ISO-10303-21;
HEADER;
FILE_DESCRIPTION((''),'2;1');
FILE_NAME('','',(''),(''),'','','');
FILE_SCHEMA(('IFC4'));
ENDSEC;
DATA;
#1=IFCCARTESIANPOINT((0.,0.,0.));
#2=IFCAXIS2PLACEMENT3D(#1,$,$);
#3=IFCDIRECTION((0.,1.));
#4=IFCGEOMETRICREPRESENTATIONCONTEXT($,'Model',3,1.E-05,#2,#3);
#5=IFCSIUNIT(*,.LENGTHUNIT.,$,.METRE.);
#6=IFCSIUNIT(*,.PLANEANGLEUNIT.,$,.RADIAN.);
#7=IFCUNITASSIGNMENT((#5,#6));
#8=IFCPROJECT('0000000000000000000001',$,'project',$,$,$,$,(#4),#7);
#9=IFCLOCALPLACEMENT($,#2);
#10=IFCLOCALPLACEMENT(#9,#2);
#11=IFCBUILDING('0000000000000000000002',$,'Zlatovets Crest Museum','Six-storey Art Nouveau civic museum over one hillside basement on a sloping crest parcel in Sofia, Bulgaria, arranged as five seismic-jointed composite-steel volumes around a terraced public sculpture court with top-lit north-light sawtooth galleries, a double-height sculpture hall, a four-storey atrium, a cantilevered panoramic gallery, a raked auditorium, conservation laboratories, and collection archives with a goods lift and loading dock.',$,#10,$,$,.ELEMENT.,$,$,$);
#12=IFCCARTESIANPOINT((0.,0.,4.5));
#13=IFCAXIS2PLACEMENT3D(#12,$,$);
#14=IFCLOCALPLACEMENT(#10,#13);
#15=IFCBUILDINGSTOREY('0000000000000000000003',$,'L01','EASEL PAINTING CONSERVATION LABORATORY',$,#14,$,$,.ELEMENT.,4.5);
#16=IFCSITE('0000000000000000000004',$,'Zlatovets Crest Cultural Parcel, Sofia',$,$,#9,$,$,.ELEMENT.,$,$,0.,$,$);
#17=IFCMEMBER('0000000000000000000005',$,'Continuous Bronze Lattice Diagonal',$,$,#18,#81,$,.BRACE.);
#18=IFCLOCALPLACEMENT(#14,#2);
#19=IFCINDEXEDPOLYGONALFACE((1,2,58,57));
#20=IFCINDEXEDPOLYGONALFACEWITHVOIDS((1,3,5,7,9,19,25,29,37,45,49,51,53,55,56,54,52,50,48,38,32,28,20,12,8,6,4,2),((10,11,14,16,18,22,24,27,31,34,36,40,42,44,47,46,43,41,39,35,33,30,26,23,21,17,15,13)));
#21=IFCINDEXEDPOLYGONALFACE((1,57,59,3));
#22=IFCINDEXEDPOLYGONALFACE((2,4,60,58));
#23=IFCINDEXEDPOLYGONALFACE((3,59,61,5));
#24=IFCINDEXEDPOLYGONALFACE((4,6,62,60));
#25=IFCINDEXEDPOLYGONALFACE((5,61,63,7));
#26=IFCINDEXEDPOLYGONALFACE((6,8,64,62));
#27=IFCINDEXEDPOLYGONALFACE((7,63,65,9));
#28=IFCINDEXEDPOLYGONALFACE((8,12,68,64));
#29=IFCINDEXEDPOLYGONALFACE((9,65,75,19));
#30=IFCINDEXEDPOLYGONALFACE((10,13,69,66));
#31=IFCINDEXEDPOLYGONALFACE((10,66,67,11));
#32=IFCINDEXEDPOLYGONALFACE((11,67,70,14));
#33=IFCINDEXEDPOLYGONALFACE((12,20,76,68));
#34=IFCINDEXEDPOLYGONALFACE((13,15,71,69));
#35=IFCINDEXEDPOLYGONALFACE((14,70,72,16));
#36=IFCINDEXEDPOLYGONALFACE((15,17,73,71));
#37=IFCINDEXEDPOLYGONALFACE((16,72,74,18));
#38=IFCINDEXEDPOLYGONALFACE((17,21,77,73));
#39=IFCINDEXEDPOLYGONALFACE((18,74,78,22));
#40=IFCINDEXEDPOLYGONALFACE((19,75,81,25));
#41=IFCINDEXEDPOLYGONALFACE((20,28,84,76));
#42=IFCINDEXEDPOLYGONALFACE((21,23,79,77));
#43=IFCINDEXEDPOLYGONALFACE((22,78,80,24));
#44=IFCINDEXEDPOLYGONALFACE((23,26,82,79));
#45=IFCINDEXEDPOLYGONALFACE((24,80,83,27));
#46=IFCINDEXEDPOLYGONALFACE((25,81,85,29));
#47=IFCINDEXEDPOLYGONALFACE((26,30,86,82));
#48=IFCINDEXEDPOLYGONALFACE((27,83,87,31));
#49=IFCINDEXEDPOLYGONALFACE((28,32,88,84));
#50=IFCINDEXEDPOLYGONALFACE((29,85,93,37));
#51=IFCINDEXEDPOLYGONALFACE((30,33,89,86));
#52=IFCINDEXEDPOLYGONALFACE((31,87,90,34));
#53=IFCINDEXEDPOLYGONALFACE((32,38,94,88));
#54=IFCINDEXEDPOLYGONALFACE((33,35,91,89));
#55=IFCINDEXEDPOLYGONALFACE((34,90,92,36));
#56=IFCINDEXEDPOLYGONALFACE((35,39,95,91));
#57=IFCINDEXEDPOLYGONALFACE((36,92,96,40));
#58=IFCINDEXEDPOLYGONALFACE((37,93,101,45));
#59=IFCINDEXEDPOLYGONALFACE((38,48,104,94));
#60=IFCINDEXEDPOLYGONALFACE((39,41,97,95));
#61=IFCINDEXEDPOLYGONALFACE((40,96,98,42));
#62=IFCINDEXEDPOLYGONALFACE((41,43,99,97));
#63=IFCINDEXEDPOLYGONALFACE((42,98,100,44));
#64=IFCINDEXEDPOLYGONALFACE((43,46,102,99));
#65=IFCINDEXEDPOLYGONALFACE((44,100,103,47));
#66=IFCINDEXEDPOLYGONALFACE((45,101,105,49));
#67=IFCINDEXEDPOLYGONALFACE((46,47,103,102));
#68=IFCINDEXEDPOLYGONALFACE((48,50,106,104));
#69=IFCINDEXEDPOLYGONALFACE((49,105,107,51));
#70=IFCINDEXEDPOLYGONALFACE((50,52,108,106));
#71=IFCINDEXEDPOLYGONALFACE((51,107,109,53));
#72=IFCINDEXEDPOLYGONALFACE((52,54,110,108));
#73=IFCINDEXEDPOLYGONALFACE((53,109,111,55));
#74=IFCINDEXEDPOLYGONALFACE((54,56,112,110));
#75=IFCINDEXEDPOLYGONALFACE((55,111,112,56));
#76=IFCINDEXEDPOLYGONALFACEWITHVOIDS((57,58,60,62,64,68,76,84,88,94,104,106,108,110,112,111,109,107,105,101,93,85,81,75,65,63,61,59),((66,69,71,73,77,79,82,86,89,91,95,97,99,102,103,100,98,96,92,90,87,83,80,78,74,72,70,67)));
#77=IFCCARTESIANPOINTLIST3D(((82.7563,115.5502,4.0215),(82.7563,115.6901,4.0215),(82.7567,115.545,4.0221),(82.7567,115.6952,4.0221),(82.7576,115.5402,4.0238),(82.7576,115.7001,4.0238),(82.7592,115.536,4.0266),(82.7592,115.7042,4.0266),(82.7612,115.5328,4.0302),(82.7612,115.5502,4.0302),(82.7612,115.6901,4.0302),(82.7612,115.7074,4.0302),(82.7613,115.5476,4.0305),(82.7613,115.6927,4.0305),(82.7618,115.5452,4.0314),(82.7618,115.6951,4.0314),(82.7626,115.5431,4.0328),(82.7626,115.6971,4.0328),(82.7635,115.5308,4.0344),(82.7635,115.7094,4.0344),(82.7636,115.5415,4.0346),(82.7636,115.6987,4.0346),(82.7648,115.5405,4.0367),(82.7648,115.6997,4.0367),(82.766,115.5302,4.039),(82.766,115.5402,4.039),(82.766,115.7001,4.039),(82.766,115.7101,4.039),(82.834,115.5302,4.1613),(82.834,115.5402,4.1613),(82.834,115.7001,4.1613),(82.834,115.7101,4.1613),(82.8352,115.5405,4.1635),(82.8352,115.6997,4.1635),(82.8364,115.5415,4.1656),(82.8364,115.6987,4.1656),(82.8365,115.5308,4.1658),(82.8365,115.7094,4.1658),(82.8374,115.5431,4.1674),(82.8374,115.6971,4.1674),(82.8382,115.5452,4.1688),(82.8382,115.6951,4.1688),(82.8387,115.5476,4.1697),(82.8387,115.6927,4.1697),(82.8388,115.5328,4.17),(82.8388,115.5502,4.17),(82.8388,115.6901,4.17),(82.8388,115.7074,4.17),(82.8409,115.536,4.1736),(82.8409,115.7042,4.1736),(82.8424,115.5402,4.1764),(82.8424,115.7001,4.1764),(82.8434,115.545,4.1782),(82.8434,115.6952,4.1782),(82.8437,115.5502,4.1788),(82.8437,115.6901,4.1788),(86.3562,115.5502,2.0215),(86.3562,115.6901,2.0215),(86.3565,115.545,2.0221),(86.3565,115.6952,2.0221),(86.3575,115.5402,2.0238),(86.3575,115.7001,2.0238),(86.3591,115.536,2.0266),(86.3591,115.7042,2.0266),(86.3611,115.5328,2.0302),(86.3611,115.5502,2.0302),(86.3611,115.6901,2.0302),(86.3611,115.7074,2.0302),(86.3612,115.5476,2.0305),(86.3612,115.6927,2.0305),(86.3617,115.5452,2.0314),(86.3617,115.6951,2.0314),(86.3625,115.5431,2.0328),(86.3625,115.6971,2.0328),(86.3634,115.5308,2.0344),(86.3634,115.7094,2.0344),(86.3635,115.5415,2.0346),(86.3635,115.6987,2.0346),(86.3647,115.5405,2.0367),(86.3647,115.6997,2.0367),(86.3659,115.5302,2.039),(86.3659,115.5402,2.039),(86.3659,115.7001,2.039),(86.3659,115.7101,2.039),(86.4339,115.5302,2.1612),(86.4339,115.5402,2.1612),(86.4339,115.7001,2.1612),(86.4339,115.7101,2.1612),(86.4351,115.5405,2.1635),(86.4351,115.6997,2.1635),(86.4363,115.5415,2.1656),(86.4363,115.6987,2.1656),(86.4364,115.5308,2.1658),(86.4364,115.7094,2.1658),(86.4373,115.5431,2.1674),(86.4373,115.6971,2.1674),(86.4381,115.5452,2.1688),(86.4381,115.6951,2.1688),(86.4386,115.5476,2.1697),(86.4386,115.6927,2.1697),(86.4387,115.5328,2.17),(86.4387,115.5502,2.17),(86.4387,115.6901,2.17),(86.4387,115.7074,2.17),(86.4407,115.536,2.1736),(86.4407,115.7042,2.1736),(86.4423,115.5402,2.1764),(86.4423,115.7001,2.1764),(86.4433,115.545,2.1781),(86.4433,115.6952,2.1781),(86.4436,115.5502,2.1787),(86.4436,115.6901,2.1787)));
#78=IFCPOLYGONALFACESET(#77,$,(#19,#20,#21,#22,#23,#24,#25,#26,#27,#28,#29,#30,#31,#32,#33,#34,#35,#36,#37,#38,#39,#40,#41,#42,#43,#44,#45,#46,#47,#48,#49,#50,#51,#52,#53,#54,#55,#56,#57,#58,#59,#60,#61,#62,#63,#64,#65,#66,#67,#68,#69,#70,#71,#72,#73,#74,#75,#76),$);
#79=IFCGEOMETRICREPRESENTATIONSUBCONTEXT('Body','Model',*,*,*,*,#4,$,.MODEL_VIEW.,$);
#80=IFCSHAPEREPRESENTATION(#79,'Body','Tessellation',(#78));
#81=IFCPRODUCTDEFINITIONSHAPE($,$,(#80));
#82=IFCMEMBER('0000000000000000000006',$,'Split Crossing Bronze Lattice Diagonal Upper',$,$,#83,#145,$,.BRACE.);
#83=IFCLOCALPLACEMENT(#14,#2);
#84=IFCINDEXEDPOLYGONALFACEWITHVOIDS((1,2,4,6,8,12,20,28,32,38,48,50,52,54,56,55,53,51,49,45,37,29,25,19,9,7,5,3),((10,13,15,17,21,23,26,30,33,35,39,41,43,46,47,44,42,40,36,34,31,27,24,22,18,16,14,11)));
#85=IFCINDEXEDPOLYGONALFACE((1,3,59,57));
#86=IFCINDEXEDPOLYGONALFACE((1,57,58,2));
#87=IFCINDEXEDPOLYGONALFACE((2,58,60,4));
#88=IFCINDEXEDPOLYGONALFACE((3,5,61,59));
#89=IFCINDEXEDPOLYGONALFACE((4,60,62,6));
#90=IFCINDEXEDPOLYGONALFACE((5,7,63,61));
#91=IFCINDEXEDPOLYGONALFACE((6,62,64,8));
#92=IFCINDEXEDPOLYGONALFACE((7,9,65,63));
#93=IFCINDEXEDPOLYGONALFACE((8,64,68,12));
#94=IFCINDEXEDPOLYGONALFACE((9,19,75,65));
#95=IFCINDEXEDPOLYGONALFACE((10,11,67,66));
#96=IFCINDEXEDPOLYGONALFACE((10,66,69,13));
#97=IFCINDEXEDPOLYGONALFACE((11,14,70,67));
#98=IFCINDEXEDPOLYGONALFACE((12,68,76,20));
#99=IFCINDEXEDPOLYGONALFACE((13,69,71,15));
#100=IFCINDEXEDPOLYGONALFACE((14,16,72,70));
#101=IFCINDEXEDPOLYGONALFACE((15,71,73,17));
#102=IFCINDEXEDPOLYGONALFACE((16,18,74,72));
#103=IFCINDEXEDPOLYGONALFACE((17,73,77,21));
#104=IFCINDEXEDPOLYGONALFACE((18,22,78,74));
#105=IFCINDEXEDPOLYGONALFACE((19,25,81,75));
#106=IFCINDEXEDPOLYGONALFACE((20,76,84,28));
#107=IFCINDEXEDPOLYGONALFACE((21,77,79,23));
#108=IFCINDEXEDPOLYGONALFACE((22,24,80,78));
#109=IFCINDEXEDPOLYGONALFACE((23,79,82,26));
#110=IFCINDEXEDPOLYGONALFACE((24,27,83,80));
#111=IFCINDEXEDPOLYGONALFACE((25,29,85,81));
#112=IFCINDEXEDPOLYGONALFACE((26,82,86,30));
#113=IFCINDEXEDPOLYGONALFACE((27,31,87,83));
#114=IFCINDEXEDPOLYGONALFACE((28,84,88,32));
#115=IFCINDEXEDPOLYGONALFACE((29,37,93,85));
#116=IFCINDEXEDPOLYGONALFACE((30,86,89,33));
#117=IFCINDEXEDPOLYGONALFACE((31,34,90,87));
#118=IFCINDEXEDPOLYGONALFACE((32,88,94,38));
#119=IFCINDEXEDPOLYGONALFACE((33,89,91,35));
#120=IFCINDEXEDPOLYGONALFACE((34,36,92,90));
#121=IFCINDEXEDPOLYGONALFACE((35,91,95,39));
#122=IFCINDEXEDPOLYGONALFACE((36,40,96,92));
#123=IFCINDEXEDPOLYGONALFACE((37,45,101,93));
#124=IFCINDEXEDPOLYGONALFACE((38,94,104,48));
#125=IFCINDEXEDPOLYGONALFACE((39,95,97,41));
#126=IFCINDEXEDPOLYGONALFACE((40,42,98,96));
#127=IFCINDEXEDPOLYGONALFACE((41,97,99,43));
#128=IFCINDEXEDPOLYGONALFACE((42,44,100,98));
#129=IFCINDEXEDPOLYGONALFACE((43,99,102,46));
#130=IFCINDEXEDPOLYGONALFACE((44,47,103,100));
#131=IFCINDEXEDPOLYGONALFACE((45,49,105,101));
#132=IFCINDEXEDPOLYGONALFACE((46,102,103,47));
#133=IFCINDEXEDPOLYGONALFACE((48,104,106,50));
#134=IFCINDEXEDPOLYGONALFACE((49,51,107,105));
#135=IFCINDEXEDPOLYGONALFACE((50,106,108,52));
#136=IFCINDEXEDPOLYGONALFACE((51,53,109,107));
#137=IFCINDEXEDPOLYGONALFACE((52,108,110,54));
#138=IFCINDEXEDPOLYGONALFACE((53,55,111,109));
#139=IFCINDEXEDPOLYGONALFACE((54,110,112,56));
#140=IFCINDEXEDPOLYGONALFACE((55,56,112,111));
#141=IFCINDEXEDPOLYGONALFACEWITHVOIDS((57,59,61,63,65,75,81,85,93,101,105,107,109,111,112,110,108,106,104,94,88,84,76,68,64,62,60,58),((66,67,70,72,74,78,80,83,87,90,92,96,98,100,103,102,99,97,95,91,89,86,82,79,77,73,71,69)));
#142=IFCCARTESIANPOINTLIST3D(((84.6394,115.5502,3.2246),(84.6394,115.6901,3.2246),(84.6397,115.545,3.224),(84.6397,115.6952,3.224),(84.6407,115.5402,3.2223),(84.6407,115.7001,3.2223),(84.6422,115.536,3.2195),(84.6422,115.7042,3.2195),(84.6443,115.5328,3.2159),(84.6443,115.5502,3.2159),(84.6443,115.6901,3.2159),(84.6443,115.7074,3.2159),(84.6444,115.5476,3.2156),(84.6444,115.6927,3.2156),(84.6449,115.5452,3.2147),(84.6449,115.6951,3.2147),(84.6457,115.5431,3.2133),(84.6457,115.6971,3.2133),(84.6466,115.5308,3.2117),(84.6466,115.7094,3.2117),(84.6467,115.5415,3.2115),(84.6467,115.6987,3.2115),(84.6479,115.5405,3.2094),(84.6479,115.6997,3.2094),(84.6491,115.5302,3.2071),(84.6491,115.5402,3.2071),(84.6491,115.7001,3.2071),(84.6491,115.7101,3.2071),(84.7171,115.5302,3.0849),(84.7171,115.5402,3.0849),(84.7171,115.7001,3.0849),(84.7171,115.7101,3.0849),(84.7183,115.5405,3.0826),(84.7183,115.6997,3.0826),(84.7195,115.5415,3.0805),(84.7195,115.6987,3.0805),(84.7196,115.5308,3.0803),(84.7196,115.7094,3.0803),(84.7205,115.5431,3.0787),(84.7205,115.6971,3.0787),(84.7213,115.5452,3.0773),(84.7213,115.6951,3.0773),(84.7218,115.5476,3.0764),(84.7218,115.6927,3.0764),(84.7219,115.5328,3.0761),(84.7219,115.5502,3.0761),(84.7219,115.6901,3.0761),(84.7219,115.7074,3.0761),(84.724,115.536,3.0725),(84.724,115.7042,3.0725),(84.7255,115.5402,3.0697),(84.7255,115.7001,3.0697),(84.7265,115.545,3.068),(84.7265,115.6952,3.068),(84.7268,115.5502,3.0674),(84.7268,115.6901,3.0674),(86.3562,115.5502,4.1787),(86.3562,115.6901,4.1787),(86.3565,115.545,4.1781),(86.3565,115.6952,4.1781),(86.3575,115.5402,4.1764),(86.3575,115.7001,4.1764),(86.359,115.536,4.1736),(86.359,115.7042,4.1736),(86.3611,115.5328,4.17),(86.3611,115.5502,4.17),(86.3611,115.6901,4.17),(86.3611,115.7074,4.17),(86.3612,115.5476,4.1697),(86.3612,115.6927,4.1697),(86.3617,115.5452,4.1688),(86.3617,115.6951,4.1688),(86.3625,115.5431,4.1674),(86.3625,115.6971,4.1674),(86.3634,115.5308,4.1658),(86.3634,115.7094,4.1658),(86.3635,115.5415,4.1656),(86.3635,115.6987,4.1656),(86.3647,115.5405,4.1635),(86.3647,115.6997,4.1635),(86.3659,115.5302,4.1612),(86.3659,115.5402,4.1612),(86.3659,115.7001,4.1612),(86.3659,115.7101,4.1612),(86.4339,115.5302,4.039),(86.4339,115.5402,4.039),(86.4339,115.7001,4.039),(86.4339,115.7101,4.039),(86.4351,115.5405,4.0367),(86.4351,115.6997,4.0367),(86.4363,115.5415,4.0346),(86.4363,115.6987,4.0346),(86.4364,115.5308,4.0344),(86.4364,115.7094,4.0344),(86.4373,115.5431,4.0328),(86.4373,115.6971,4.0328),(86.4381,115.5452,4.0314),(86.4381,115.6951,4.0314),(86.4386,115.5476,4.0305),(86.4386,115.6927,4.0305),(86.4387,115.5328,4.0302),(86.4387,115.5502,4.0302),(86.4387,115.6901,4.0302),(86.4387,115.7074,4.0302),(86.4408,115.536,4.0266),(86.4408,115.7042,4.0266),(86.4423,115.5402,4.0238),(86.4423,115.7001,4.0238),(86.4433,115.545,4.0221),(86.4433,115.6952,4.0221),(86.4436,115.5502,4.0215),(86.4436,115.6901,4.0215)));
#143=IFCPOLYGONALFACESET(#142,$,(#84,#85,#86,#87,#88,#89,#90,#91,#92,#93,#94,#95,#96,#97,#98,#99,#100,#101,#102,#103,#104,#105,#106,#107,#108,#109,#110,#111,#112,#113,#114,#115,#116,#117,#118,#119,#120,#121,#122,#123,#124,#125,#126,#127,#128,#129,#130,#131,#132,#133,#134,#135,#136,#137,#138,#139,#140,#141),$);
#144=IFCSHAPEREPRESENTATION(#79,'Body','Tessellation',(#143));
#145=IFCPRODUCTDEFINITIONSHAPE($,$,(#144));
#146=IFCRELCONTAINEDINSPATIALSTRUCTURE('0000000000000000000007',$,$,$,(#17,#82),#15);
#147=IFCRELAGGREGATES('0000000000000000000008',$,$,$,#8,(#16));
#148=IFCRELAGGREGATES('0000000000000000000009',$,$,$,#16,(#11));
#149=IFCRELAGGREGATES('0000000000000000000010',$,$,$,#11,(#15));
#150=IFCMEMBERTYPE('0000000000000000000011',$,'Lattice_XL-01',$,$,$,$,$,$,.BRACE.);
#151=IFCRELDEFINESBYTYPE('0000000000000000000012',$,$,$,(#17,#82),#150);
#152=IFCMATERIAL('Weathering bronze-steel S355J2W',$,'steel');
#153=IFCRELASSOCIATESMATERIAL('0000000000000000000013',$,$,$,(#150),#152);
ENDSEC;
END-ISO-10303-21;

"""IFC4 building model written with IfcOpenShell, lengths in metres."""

from ifc_helpers import new_model, si_unit, direction, frame, origin, origin_2d, place, context, subcontext, project, spatial, hollow_rectangle, extrude, material, material_profile, profile_set, type_object, element, save


model = new_model("IFC4")

# Units and contexts
model_context = context("Model", 3, precision=1e-05, world=origin(), true_north=direction((0.0, 1.0)))
body_context = subcontext(model_context, "Body", "Model", "MODEL_VIEW")
ifc_project = project(units=[si_unit("LENGTHUNIT", "METRE"), si_unit("PLANEANGLEUNIT", "RADIAN")], contexts=[model_context])

# Site, building, storey
site_placement = place(None, origin())
site = spatial("IfcSite", under=ifc_project, at=site_placement, Name="Zlatovets Crest Cultural Parcel, Sofia", CompositionType="ELEMENT", RefElevation=0.0)
building_placement = place(site_placement, origin())
building = spatial("IfcBuilding", under=site, at=building_placement, Name="Zlatovets Crest Museum", Description="Six-storey Art Nouveau civic museum over one hillside basement on a sloping crest parcel in Sofia, Bulgaria, arranged as five seismic-jointed composite-steel volumes around a terraced public sculpture court with top-lit north-light sawtooth galleries, a double-height sculpture hall, a four-storey atrium, a cantilevered panoramic gallery, a raked auditorium, conservation laboratories, and collection archives with a goods lift and loading dock.", CompositionType="ELEMENT")
storey_placement = place(building_placement, frame((0.0, 0.0, 4.5)))
storey = spatial("IfcBuildingStorey", under=building, at=storey_placement, Name="L01", Description="EASEL PAINTING CONSERVATION LABORATORY", CompositionType="ELEMENT", Elevation=4.5)

# Members
ifc_material_1 = material(Name="Weathering bronze-steel S355J2W", Category="steel")
ifc_material_profile_1 = material_profile(ifc_material_1, hollow_rectangle(XDim=0.1799, YDim=0.1799, WallThickness=0.01, InnerFilletRadius=0.01, OuterFilletRadius=0.02, at=origin_2d()), Name="SHS 180x180x10.0")
ifc_profile_set_1 = profile_set([ifc_material_profile_1], Name="Weathering bronze-steel S355J2W")
member_type_1 = type_object("IfcMemberType", Name="Lattice_XL-01", PredefinedType="BRACE", material=ifc_profile_set_1)
member_1_placement = place(storey_placement, frame((86.3999, 115.6201, 2.1001), z_axis=(-0.874149, 0.0, 0.485658), x_axis=(0.0, -1.0, 0.0)))
element("IfcMember", 1, at=member_1_placement, inside=storey, type_object=member_type_1, Name="Continuous Bronze Lattice Diagonal", PredefinedType="BRACE", context=body_context, shape_type="SweptSolid", body=[
    extrude(hollow_rectangle(XDim=0.1799, YDim=0.1799, WallThickness=0.01, InnerFilletRadius=0.01, OuterFilletRadius=0.02, at=origin_2d()), origin(), (0.0, 0.0, 1.0), 4.1182),
])
for number, where, z_axis, x_axis, name in (
    (2, (86.3999, 115.6201, 4.1001), (-0.874087, 0.0, -0.48577), (0.0, -1.0, 0.0), "Split Crossing Bronze Lattice Diagonal Upper"),
):
    element("IfcMember", number, at=place(storey_placement, frame(where, z_axis=z_axis, x_axis=x_axis)), inside=storey, type_object=member_type_1, Name=name, PredefinedType="BRACE", context=body_context, shape_type="SweptSolid", body=[
        extrude(hollow_rectangle(XDim=0.1799, YDim=0.1799, WallThickness=0.01, InnerFilletRadius=0.01, OuterFilletRadius=0.02, at=origin_2d()), origin(), (0.0, 0.0, 1.0), 1.9641),
    ])

save(model, "model.ifc")
